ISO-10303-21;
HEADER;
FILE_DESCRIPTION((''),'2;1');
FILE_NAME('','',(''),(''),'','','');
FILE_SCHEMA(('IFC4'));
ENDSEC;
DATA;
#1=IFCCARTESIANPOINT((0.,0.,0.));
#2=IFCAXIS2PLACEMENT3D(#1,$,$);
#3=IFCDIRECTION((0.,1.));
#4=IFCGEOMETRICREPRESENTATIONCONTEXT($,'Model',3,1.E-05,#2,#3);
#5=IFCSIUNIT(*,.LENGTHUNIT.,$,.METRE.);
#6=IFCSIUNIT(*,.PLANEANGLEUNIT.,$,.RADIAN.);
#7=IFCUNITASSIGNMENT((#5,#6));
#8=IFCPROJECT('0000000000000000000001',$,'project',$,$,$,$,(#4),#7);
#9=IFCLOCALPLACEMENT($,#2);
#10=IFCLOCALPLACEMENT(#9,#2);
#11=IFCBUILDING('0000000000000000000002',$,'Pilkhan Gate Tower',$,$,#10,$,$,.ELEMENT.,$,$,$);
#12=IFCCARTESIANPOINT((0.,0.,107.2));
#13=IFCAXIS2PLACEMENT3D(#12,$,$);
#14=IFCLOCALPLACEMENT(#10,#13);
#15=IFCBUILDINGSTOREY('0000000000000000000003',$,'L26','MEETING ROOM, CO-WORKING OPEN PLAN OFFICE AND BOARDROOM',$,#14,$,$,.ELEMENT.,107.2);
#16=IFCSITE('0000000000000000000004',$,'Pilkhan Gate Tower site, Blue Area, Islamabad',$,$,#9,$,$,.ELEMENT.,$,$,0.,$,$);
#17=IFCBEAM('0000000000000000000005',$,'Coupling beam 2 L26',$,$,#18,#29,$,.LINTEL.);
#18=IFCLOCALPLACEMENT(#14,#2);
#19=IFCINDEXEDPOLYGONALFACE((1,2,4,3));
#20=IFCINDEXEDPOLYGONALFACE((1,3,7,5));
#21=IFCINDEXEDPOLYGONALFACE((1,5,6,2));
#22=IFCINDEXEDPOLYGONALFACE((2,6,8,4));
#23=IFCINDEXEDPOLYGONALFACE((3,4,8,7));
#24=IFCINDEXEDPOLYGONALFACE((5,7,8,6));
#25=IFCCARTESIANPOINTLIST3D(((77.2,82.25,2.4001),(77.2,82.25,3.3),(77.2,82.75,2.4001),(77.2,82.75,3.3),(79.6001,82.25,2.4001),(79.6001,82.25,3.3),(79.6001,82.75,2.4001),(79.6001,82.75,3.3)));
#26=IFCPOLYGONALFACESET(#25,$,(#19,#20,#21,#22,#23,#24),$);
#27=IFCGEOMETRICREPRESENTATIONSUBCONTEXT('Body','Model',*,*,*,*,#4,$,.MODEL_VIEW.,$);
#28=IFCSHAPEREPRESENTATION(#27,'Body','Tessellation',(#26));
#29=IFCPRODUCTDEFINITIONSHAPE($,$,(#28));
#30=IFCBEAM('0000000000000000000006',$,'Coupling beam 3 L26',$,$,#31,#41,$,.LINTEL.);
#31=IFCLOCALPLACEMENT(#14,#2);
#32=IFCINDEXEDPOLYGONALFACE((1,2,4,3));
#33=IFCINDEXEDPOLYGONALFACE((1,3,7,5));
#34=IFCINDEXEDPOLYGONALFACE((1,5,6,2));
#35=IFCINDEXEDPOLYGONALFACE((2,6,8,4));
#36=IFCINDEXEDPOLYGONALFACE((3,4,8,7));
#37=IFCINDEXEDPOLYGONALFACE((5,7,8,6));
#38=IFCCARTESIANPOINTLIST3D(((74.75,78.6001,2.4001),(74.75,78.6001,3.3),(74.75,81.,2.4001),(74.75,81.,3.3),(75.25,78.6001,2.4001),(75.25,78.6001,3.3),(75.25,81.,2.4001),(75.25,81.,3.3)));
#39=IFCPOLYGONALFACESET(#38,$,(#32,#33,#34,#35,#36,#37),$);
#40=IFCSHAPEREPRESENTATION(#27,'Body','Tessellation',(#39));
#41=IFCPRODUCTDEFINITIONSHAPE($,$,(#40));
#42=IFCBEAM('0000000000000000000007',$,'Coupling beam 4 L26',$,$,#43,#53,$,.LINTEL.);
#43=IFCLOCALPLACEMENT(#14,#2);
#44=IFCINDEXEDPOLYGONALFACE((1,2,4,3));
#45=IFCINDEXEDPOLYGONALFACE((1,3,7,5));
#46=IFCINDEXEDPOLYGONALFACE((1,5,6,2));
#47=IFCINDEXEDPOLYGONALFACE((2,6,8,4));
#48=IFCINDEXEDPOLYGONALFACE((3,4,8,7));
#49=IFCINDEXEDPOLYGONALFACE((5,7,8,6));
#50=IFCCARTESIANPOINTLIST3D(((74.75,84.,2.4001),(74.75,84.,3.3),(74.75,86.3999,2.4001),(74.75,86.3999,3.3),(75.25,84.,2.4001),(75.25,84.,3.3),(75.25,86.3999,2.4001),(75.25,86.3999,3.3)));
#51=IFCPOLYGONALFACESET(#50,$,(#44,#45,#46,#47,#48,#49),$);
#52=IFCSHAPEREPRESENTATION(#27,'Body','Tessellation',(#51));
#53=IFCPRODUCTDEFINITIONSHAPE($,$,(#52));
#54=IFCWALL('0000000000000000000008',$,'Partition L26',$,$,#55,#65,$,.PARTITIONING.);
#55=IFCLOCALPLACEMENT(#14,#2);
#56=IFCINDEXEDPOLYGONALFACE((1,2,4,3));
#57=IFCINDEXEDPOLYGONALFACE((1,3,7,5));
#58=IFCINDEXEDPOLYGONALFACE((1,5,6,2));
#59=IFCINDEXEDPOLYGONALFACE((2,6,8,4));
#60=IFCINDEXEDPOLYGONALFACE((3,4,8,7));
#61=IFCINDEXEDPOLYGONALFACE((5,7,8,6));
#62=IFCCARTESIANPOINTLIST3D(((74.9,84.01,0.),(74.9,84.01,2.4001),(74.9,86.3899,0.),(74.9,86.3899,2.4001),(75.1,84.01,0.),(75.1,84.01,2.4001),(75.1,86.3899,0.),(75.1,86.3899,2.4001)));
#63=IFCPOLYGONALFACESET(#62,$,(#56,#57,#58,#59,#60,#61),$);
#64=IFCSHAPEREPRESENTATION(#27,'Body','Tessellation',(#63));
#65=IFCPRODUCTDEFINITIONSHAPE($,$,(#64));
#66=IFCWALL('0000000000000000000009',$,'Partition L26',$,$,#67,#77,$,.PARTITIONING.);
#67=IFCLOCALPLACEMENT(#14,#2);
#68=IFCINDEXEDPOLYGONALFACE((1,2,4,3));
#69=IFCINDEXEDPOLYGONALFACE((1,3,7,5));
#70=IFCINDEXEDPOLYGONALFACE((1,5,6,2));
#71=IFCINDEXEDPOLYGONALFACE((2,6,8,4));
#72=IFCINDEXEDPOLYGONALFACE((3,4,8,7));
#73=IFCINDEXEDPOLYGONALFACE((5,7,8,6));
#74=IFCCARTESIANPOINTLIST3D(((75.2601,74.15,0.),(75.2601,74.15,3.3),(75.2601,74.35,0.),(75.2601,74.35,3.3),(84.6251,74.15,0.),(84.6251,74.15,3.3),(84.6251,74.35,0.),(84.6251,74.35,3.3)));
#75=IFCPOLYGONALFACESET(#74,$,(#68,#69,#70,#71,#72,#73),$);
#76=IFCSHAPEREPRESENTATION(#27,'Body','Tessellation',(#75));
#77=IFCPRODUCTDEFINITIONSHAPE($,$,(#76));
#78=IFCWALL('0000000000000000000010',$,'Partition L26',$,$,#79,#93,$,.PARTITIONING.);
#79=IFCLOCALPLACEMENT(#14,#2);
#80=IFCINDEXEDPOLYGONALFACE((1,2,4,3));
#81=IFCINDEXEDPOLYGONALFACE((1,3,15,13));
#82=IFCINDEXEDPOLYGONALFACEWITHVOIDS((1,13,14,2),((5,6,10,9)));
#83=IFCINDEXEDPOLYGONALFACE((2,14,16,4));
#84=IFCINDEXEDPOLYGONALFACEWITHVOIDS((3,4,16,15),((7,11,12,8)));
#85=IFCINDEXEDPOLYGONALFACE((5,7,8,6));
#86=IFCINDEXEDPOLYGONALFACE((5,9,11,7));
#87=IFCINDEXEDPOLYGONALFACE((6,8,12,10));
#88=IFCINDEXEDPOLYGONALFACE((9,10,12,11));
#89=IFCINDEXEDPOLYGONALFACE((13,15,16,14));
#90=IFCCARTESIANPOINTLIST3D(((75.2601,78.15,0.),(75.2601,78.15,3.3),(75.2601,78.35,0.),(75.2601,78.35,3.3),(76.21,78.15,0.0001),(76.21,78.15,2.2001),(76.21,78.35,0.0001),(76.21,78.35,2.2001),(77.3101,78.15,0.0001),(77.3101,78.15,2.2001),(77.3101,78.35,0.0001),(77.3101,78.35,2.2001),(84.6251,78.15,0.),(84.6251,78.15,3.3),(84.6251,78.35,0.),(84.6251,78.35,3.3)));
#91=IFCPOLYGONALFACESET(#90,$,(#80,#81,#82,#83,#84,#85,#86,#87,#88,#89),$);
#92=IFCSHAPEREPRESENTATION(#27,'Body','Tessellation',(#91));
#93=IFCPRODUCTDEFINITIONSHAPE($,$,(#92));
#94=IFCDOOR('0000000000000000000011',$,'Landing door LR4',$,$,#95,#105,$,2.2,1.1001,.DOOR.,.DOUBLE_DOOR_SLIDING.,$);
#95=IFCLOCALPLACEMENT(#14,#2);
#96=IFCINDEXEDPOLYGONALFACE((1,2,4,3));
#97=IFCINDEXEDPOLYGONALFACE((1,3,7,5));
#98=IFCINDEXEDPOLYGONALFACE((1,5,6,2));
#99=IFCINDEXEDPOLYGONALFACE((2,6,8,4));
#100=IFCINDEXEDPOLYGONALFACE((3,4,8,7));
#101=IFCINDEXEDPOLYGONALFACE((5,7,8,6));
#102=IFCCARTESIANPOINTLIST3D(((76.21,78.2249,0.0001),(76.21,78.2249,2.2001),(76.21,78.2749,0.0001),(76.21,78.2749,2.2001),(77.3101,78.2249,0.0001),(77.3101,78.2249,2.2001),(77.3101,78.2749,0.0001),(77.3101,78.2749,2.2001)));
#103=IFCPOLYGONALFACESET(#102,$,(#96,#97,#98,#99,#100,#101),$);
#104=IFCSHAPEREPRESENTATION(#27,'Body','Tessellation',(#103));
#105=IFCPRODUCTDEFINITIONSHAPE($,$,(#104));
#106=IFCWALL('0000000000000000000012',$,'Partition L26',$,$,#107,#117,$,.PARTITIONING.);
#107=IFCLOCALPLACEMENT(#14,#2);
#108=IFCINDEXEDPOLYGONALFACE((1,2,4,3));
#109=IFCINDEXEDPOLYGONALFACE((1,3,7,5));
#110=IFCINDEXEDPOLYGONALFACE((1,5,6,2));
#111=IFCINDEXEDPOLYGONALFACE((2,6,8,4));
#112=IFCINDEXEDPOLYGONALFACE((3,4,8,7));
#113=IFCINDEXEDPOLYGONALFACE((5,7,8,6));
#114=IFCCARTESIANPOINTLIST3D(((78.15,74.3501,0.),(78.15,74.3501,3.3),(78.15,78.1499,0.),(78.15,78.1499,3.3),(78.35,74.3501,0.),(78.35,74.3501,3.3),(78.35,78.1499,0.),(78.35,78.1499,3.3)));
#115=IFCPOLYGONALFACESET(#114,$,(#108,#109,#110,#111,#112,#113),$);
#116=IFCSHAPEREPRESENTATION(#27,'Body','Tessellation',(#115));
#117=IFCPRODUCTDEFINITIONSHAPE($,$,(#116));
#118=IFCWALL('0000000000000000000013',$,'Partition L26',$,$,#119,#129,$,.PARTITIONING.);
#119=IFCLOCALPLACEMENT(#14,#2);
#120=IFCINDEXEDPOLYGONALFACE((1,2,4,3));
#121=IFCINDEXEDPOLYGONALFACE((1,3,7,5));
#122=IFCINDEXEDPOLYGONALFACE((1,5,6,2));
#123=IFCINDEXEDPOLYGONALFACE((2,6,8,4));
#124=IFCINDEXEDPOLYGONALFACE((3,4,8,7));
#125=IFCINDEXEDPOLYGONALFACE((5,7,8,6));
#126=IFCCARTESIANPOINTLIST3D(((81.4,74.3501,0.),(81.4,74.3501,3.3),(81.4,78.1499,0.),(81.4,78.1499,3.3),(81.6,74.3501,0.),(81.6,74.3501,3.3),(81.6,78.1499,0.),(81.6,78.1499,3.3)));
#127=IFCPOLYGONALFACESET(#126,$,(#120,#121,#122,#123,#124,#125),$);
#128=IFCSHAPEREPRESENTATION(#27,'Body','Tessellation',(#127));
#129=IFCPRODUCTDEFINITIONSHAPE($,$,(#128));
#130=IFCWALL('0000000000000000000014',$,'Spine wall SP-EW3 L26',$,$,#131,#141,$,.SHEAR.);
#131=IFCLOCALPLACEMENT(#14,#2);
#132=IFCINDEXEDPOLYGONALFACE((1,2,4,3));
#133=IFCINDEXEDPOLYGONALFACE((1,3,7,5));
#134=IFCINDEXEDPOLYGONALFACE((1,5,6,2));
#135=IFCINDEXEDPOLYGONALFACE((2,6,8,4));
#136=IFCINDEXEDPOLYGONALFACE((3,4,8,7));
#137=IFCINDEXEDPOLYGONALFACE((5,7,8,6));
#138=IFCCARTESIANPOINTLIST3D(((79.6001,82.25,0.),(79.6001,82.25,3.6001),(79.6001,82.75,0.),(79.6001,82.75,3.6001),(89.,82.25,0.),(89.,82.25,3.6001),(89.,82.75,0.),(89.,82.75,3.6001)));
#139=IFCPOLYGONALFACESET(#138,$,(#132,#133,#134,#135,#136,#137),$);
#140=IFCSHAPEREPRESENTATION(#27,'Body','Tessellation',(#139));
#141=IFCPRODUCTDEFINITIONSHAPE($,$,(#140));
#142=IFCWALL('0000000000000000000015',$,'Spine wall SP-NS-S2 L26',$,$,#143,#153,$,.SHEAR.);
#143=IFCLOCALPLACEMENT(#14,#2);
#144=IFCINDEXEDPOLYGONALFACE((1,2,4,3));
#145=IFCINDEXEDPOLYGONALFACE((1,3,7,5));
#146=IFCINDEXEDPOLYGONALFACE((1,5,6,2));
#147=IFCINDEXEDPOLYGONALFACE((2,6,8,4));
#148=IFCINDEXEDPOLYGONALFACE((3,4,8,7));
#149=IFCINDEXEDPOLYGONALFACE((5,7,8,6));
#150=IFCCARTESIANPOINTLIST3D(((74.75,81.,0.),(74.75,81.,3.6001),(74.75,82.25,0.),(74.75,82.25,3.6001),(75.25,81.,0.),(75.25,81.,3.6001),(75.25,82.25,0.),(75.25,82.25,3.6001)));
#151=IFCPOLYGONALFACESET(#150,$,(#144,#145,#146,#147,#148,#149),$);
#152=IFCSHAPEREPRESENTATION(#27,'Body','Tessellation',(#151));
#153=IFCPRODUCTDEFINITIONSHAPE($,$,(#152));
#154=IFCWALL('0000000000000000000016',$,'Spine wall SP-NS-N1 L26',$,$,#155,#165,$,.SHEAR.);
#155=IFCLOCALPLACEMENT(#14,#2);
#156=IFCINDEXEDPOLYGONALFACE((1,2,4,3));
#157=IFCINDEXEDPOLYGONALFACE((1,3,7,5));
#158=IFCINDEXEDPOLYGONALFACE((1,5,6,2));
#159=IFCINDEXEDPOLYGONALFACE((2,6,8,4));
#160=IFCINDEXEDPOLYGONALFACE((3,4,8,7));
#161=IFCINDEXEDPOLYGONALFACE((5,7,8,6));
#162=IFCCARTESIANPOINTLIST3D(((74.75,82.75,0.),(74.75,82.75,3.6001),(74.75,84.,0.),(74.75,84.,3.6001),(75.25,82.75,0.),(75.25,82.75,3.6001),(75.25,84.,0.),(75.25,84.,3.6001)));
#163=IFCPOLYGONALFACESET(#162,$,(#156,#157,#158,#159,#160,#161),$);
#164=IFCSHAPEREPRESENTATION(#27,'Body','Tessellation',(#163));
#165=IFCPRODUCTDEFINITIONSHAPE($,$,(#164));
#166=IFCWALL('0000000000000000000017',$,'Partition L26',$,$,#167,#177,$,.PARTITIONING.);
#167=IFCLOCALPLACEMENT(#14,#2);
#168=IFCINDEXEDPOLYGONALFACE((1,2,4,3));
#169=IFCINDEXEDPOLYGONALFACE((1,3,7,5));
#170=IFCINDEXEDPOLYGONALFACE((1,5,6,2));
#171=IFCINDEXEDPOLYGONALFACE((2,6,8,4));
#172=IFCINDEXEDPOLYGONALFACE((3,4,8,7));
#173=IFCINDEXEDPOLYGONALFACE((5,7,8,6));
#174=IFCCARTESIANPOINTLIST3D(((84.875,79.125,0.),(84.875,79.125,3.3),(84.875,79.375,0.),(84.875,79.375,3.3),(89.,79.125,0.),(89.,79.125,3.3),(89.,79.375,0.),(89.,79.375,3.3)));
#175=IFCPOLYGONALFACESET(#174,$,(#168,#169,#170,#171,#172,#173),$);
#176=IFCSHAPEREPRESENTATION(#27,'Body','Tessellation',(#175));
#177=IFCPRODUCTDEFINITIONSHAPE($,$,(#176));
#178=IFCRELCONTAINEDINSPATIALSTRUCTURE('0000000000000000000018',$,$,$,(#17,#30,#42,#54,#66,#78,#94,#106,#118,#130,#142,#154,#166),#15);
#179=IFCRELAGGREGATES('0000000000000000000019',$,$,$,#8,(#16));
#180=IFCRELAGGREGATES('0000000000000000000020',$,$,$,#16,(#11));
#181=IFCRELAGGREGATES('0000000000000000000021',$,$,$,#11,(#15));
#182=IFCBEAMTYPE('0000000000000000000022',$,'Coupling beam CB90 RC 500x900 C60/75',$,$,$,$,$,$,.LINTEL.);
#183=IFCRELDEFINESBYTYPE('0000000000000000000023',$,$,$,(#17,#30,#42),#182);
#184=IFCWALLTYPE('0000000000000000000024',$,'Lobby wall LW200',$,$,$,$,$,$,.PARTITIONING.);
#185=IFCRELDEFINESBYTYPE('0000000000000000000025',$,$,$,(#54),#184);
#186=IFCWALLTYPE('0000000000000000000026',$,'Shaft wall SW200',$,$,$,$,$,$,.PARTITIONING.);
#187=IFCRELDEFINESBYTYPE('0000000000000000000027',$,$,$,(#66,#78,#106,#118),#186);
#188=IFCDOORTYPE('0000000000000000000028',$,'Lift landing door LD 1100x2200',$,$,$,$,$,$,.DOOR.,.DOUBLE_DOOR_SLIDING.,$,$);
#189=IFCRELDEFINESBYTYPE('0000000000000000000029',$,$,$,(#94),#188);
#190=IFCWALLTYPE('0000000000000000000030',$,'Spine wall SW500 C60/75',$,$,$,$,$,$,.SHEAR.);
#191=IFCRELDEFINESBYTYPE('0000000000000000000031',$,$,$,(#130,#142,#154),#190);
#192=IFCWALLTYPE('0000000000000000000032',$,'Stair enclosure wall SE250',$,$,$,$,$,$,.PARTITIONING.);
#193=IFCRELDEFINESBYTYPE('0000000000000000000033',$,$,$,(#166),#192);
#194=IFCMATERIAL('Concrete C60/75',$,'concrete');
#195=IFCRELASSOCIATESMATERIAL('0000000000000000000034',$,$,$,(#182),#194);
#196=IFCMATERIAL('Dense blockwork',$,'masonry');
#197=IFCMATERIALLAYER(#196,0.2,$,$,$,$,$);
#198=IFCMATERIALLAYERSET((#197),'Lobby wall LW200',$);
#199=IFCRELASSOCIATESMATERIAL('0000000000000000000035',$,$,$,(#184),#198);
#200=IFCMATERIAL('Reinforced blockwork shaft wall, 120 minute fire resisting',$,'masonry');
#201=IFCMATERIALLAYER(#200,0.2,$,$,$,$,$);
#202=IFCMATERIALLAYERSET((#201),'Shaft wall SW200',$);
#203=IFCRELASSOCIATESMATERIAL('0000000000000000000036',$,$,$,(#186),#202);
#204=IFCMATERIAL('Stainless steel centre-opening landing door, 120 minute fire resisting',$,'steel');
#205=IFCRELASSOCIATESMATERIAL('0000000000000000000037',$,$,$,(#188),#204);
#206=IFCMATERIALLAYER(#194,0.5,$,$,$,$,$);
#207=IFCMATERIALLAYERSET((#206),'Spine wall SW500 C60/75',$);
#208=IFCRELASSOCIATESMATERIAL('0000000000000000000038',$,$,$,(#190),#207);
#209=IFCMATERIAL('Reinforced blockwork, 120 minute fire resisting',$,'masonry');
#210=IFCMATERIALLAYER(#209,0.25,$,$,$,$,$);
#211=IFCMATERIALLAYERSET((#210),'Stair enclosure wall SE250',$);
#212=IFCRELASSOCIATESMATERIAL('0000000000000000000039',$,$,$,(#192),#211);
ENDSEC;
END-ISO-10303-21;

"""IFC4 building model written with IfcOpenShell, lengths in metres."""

from ifc_helpers import new_model, si_unit, direction, frame, frame_2d, origin, origin_2d, place, context, subcontext, project, spatial, rectangle, extrude, material, layer, layer_set, material_profile, profile_set, type_object, element, fill, save


model = new_model("IFC4")

# Units and contexts
model_context = context("Model", 3, precision=1e-05, world=origin(), true_north=direction((0.0, 1.0)))
body_context = subcontext(model_context, "Body", "Model", "MODEL_VIEW")
ifc_project = project(units=[si_unit("LENGTHUNIT", "METRE"), si_unit("PLANEANGLEUNIT", "RADIAN")], contexts=[model_context])

# Site, building, storey
site_placement = place(None, origin())
site = spatial("IfcSite", under=ifc_project, at=site_placement, Name="Pilkhan Gate Tower site, Blue Area, Islamabad", CompositionType="ELEMENT", RefElevation=0.0)
building_placement = place(site_placement, origin())
building = spatial("IfcBuilding", under=site, at=building_placement, Name="Pilkhan Gate Tower", CompositionType="ELEMENT")
storey_placement = place(building_placement, frame((0.0, 0.0, 107.2)))
storey = spatial("IfcBuildingStorey", under=building, at=storey_placement, Name="L26", Description="MEETING ROOM, CO-WORKING OPEN PLAN OFFICE AND BOARDROOM", CompositionType="ELEMENT", Elevation=107.2)

# Beams
ifc_material_1 = material(Name="Concrete C60/75", Category="concrete")
ifc_material_profile = material_profile(ifc_material_1, rectangle(XDim=0.5, YDim=0.8999, at=origin_2d()), Name="RC 500x900")
ifc_profile_set = profile_set([ifc_material_profile], Name="Concrete C60/75")
beam_type = type_object("IfcBeamType", Name="Coupling beam CB90 RC 500x900 C60/75", PredefinedType="LINTEL", material=ifc_profile_set)
beam_placement = place(storey_placement, frame((77.2, 82.5, 2.8501), z_axis=(1.0, 0.0, 0.0), x_axis=(0.0, 1.0, 0.0)))
element("IfcBeam", 1, at=beam_placement, inside=storey, type_object=beam_type, Name="Coupling beam 2 L26", PredefinedType="LINTEL", context=body_context, shape_type="SweptSolid", body=[
    extrude(rectangle(XDim=0.5, YDim=0.8999, at=origin_2d()), origin(), (0.0, 0.0, 1.0), 2.4001),
])
for number, where, z_axis, x_axis, name in (
    (2, (75.0, 78.6001, 2.8501), (0.0, 1.0, 0.0), (-1.0, 0.0, 0.0), "Coupling beam 3 L26"),
    (3, (75.0, 84.0, 2.8501), (0.0, 1.0, 0.0), (-1.0, 0.0, 0.0), "Coupling beam 4 L26"),
):
    element("IfcBeam", number, at=place(storey_placement, frame(where, z_axis=z_axis, x_axis=x_axis)), inside=storey, type_object=beam_type, Name=name, PredefinedType="LINTEL", context=body_context, shape_type="SweptSolid", body=[
        extrude(rectangle(XDim=0.5, YDim=0.8999, at=origin_2d()), origin(), (0.0, 0.0, 1.0), 2.3999),
    ])

# Walls
ifc_material_2 = material(Name="Dense blockwork", Category="masonry")
ifc_layer_1 = layer(ifc_material_2, 0.2)
ifc_layer_set_1 = layer_set([ifc_layer_1], Name="Lobby wall LW200")
wall_type_1 = type_object("IfcWallType", Name="Lobby wall LW200", PredefinedType="PARTITIONING", material=ifc_layer_set_1)
wall_1_placement = place(storey_placement, frame((75.0, 84.01, 0.0), z_axis=(0.0, 0.0, 1.0), x_axis=(0.0, 1.0, 0.0)))
element("IfcWall", 4, at=wall_1_placement, inside=storey, type_object=wall_type_1, Name="Partition L26", PredefinedType="PARTITIONING", context=body_context, shape_type="SweptSolid", body=[
    extrude(rectangle(XDim=2.3799, YDim=0.2, at=frame_2d((1.1899, 0.0))), origin(), (0.0, 0.0, 1.0), 2.4001),
])
ifc_material_3 = material(Name="Reinforced blockwork shaft wall, 120 minute fire resisting", Category="masonry")
ifc_layer_2 = layer(ifc_material_3, 0.2)
ifc_layer_set_2 = layer_set([ifc_layer_2], Name="Shaft wall SW200")
wall_type_2 = type_object("IfcWallType", Name="Shaft wall SW200", PredefinedType="PARTITIONING", material=ifc_layer_set_2)
wall_2_placement = place(storey_placement, frame((75.26, 74.25, 0.0), z_axis=(0.0, 0.0, 1.0), x_axis=(1.0, 0.0, 0.0)))
element("IfcWall", 5, at=wall_2_placement, inside=storey, type_object=wall_type_2, Name="Partition L26", PredefinedType="PARTITIONING", context=body_context, shape_type="SweptSolid", body=[
    extrude(rectangle(XDim=9.365, YDim=0.2, at=frame_2d((4.6826, 0.0))), origin(), (0.0, 0.0, 1.0), 3.3),
])

# Wall, opening, door
wall_3_placement = place(storey_placement, frame((75.26, 78.25, 0.0), z_axis=(0.0, 0.0, 1.0), x_axis=(1.0, 0.0, 0.0)))
wall_3 = element("IfcWall", 6, at=wall_3_placement, inside=storey, type_object=wall_type_2, Name="Partition L26", PredefinedType="PARTITIONING", context=body_context, shape_type="SweptSolid", body=[
    extrude(rectangle(XDim=9.365, YDim=0.2, at=frame_2d((4.6826, 0.0))), origin(), (0.0, 0.0, 1.0), 3.3),
])
opening_placement = place(wall_3_placement, frame((0.95, 0.0, 0.0)))
opening = element("IfcOpeningElement", 7, at=opening_placement, cuts=wall_3, PredefinedType="OPENING", context=body_context, shape_type="SweptSolid", body=[
    extrude(rectangle(XDim=1.1001, YDim=2.2, at=frame_2d((0.55, 1.1001))), frame((0.0, 0.1099, 0.0), z_axis=(0.0, -1.0, 0.0), x_axis=(1.0, 0.0, 0.0)), (0.0, 0.0, 1.0), 0.22),
])
ifc_material_4 = material(Name="Stainless steel centre-opening landing door, 120 minute fire resisting", Category="steel")
door_type = type_object("IfcDoorType", Name="Lift landing door LD 1100x2200", OperationType="DOUBLE_DOOR_SLIDING", PredefinedType="DOOR", material=ifc_material_4)
door_placement = place(opening_placement, origin())
door = element("IfcDoor", 8, at=door_placement, inside=storey, type_object=door_type, Name="Landing door LR4", OperationType="DOUBLE_DOOR_SLIDING", OverallHeight=2.2, OverallWidth=1.1001, PredefinedType="DOOR", context=body_context, shape_type="SweptSolid", body=[
    extrude(rectangle(XDim=1.1001, YDim=2.2, at=frame_2d((0.55, 1.1001))), frame((0.0, 0.0249, 0.0), z_axis=(0.0, -1.0, 0.0), x_axis=(1.0, 0.0, 0.0)), (0.0, 0.0, 1.0), 0.05),
])
fill(opening, door)

# Walls
for number, where, z_axis, x_axis, name in (
    (9, (78.25, 74.3501, 0.0), (0.0, 0.0, 1.0), (0.0, 1.0, 0.0), "Partition L26"),
    (10, (81.5, 74.3501, 0.0), (0.0, 0.0, 1.0), (0.0, 1.0, 0.0), "Partition L26"),
):
    element("IfcWall", number, at=place(storey_placement, frame(where, z_axis=z_axis, x_axis=x_axis)), inside=storey, type_object=wall_type_2, Name=name, PredefinedType="PARTITIONING", context=body_context, shape_type="SweptSolid", body=[
        extrude(rectangle(XDim=3.7998, YDim=0.2, at=frame_2d((1.8999, 0.0))), origin(), (0.0, 0.0, 1.0), 3.3),
    ])
ifc_layer_3 = layer(ifc_material_1, 0.5)
ifc_layer_set_3 = layer_set([ifc_layer_3], Name="Spine wall SW500 C60/75")
wall_type_3 = type_object("IfcWallType", Name="Spine wall SW500 C60/75", PredefinedType="SHEAR", material=ifc_layer_set_3)
wall_4_placement = place(storey_placement, frame((79.6001, 82.5, 0.0), z_axis=(0.0, 0.0, 1.0), x_axis=(1.0, 0.0, 0.0)))
element("IfcWall", 11, at=wall_4_placement, inside=storey, type_object=wall_type_3, Name="Spine wall SP-EW3 L26", PredefinedType="SHEAR", context=body_context, shape_type="SweptSolid", body=[
    extrude(rectangle(XDim=9.3999, YDim=0.5, at=frame_2d((4.7, 0.0))), origin(), (0.0, 0.0, 1.0), 3.6001),
])
for number, where, z_axis, x_axis, name in (
    (12, (75.0, 81.0, 0.0), (0.0, 0.0, 1.0), (0.0, 1.0, 0.0), "Spine wall SP-NS-S2 L26"),
    (13, (75.0, 82.75, 0.0), (0.0, 0.0, 1.0), (0.0, 1.0, 0.0), "Spine wall SP-NS-N1 L26"),
):
    element("IfcWall", number, at=place(storey_placement, frame(where, z_axis=z_axis, x_axis=x_axis)), inside=storey, type_object=wall_type_3, Name=name, PredefinedType="SHEAR", context=body_context, shape_type="SweptSolid", body=[
        extrude(rectangle(XDim=1.25, YDim=0.5, at=frame_2d((0.625, 0.0))), origin(), (0.0, 0.0, 1.0), 3.6001),
    ])
ifc_material_5 = material(Name="Reinforced blockwork, 120 minute fire resisting", Category="masonry")
ifc_layer_4 = layer(ifc_material_5, 0.25)
ifc_layer_set_4 = layer_set([ifc_layer_4], Name="Stair enclosure wall SE250")
wall_type_4 = type_object("IfcWallType", Name="Stair enclosure wall SE250", PredefinedType="PARTITIONING", material=ifc_layer_set_4)
wall_5_placement = place(storey_placement, frame((84.875, 79.25, 0.0), z_axis=(0.0, 0.0, 1.0), x_axis=(1.0, 0.0, 0.0)))
element("IfcWall", 14, at=wall_5_placement, inside=storey, type_object=wall_type_4, Name="Partition L26", PredefinedType="PARTITIONING", context=body_context, shape_type="SweptSolid", body=[
    extrude(rectangle(XDim=4.125, YDim=0.25, at=frame_2d((2.0625, 0.0))), origin(), (0.0, 0.0, 1.0), 3.3),
])

save(model, "model.ifc")
